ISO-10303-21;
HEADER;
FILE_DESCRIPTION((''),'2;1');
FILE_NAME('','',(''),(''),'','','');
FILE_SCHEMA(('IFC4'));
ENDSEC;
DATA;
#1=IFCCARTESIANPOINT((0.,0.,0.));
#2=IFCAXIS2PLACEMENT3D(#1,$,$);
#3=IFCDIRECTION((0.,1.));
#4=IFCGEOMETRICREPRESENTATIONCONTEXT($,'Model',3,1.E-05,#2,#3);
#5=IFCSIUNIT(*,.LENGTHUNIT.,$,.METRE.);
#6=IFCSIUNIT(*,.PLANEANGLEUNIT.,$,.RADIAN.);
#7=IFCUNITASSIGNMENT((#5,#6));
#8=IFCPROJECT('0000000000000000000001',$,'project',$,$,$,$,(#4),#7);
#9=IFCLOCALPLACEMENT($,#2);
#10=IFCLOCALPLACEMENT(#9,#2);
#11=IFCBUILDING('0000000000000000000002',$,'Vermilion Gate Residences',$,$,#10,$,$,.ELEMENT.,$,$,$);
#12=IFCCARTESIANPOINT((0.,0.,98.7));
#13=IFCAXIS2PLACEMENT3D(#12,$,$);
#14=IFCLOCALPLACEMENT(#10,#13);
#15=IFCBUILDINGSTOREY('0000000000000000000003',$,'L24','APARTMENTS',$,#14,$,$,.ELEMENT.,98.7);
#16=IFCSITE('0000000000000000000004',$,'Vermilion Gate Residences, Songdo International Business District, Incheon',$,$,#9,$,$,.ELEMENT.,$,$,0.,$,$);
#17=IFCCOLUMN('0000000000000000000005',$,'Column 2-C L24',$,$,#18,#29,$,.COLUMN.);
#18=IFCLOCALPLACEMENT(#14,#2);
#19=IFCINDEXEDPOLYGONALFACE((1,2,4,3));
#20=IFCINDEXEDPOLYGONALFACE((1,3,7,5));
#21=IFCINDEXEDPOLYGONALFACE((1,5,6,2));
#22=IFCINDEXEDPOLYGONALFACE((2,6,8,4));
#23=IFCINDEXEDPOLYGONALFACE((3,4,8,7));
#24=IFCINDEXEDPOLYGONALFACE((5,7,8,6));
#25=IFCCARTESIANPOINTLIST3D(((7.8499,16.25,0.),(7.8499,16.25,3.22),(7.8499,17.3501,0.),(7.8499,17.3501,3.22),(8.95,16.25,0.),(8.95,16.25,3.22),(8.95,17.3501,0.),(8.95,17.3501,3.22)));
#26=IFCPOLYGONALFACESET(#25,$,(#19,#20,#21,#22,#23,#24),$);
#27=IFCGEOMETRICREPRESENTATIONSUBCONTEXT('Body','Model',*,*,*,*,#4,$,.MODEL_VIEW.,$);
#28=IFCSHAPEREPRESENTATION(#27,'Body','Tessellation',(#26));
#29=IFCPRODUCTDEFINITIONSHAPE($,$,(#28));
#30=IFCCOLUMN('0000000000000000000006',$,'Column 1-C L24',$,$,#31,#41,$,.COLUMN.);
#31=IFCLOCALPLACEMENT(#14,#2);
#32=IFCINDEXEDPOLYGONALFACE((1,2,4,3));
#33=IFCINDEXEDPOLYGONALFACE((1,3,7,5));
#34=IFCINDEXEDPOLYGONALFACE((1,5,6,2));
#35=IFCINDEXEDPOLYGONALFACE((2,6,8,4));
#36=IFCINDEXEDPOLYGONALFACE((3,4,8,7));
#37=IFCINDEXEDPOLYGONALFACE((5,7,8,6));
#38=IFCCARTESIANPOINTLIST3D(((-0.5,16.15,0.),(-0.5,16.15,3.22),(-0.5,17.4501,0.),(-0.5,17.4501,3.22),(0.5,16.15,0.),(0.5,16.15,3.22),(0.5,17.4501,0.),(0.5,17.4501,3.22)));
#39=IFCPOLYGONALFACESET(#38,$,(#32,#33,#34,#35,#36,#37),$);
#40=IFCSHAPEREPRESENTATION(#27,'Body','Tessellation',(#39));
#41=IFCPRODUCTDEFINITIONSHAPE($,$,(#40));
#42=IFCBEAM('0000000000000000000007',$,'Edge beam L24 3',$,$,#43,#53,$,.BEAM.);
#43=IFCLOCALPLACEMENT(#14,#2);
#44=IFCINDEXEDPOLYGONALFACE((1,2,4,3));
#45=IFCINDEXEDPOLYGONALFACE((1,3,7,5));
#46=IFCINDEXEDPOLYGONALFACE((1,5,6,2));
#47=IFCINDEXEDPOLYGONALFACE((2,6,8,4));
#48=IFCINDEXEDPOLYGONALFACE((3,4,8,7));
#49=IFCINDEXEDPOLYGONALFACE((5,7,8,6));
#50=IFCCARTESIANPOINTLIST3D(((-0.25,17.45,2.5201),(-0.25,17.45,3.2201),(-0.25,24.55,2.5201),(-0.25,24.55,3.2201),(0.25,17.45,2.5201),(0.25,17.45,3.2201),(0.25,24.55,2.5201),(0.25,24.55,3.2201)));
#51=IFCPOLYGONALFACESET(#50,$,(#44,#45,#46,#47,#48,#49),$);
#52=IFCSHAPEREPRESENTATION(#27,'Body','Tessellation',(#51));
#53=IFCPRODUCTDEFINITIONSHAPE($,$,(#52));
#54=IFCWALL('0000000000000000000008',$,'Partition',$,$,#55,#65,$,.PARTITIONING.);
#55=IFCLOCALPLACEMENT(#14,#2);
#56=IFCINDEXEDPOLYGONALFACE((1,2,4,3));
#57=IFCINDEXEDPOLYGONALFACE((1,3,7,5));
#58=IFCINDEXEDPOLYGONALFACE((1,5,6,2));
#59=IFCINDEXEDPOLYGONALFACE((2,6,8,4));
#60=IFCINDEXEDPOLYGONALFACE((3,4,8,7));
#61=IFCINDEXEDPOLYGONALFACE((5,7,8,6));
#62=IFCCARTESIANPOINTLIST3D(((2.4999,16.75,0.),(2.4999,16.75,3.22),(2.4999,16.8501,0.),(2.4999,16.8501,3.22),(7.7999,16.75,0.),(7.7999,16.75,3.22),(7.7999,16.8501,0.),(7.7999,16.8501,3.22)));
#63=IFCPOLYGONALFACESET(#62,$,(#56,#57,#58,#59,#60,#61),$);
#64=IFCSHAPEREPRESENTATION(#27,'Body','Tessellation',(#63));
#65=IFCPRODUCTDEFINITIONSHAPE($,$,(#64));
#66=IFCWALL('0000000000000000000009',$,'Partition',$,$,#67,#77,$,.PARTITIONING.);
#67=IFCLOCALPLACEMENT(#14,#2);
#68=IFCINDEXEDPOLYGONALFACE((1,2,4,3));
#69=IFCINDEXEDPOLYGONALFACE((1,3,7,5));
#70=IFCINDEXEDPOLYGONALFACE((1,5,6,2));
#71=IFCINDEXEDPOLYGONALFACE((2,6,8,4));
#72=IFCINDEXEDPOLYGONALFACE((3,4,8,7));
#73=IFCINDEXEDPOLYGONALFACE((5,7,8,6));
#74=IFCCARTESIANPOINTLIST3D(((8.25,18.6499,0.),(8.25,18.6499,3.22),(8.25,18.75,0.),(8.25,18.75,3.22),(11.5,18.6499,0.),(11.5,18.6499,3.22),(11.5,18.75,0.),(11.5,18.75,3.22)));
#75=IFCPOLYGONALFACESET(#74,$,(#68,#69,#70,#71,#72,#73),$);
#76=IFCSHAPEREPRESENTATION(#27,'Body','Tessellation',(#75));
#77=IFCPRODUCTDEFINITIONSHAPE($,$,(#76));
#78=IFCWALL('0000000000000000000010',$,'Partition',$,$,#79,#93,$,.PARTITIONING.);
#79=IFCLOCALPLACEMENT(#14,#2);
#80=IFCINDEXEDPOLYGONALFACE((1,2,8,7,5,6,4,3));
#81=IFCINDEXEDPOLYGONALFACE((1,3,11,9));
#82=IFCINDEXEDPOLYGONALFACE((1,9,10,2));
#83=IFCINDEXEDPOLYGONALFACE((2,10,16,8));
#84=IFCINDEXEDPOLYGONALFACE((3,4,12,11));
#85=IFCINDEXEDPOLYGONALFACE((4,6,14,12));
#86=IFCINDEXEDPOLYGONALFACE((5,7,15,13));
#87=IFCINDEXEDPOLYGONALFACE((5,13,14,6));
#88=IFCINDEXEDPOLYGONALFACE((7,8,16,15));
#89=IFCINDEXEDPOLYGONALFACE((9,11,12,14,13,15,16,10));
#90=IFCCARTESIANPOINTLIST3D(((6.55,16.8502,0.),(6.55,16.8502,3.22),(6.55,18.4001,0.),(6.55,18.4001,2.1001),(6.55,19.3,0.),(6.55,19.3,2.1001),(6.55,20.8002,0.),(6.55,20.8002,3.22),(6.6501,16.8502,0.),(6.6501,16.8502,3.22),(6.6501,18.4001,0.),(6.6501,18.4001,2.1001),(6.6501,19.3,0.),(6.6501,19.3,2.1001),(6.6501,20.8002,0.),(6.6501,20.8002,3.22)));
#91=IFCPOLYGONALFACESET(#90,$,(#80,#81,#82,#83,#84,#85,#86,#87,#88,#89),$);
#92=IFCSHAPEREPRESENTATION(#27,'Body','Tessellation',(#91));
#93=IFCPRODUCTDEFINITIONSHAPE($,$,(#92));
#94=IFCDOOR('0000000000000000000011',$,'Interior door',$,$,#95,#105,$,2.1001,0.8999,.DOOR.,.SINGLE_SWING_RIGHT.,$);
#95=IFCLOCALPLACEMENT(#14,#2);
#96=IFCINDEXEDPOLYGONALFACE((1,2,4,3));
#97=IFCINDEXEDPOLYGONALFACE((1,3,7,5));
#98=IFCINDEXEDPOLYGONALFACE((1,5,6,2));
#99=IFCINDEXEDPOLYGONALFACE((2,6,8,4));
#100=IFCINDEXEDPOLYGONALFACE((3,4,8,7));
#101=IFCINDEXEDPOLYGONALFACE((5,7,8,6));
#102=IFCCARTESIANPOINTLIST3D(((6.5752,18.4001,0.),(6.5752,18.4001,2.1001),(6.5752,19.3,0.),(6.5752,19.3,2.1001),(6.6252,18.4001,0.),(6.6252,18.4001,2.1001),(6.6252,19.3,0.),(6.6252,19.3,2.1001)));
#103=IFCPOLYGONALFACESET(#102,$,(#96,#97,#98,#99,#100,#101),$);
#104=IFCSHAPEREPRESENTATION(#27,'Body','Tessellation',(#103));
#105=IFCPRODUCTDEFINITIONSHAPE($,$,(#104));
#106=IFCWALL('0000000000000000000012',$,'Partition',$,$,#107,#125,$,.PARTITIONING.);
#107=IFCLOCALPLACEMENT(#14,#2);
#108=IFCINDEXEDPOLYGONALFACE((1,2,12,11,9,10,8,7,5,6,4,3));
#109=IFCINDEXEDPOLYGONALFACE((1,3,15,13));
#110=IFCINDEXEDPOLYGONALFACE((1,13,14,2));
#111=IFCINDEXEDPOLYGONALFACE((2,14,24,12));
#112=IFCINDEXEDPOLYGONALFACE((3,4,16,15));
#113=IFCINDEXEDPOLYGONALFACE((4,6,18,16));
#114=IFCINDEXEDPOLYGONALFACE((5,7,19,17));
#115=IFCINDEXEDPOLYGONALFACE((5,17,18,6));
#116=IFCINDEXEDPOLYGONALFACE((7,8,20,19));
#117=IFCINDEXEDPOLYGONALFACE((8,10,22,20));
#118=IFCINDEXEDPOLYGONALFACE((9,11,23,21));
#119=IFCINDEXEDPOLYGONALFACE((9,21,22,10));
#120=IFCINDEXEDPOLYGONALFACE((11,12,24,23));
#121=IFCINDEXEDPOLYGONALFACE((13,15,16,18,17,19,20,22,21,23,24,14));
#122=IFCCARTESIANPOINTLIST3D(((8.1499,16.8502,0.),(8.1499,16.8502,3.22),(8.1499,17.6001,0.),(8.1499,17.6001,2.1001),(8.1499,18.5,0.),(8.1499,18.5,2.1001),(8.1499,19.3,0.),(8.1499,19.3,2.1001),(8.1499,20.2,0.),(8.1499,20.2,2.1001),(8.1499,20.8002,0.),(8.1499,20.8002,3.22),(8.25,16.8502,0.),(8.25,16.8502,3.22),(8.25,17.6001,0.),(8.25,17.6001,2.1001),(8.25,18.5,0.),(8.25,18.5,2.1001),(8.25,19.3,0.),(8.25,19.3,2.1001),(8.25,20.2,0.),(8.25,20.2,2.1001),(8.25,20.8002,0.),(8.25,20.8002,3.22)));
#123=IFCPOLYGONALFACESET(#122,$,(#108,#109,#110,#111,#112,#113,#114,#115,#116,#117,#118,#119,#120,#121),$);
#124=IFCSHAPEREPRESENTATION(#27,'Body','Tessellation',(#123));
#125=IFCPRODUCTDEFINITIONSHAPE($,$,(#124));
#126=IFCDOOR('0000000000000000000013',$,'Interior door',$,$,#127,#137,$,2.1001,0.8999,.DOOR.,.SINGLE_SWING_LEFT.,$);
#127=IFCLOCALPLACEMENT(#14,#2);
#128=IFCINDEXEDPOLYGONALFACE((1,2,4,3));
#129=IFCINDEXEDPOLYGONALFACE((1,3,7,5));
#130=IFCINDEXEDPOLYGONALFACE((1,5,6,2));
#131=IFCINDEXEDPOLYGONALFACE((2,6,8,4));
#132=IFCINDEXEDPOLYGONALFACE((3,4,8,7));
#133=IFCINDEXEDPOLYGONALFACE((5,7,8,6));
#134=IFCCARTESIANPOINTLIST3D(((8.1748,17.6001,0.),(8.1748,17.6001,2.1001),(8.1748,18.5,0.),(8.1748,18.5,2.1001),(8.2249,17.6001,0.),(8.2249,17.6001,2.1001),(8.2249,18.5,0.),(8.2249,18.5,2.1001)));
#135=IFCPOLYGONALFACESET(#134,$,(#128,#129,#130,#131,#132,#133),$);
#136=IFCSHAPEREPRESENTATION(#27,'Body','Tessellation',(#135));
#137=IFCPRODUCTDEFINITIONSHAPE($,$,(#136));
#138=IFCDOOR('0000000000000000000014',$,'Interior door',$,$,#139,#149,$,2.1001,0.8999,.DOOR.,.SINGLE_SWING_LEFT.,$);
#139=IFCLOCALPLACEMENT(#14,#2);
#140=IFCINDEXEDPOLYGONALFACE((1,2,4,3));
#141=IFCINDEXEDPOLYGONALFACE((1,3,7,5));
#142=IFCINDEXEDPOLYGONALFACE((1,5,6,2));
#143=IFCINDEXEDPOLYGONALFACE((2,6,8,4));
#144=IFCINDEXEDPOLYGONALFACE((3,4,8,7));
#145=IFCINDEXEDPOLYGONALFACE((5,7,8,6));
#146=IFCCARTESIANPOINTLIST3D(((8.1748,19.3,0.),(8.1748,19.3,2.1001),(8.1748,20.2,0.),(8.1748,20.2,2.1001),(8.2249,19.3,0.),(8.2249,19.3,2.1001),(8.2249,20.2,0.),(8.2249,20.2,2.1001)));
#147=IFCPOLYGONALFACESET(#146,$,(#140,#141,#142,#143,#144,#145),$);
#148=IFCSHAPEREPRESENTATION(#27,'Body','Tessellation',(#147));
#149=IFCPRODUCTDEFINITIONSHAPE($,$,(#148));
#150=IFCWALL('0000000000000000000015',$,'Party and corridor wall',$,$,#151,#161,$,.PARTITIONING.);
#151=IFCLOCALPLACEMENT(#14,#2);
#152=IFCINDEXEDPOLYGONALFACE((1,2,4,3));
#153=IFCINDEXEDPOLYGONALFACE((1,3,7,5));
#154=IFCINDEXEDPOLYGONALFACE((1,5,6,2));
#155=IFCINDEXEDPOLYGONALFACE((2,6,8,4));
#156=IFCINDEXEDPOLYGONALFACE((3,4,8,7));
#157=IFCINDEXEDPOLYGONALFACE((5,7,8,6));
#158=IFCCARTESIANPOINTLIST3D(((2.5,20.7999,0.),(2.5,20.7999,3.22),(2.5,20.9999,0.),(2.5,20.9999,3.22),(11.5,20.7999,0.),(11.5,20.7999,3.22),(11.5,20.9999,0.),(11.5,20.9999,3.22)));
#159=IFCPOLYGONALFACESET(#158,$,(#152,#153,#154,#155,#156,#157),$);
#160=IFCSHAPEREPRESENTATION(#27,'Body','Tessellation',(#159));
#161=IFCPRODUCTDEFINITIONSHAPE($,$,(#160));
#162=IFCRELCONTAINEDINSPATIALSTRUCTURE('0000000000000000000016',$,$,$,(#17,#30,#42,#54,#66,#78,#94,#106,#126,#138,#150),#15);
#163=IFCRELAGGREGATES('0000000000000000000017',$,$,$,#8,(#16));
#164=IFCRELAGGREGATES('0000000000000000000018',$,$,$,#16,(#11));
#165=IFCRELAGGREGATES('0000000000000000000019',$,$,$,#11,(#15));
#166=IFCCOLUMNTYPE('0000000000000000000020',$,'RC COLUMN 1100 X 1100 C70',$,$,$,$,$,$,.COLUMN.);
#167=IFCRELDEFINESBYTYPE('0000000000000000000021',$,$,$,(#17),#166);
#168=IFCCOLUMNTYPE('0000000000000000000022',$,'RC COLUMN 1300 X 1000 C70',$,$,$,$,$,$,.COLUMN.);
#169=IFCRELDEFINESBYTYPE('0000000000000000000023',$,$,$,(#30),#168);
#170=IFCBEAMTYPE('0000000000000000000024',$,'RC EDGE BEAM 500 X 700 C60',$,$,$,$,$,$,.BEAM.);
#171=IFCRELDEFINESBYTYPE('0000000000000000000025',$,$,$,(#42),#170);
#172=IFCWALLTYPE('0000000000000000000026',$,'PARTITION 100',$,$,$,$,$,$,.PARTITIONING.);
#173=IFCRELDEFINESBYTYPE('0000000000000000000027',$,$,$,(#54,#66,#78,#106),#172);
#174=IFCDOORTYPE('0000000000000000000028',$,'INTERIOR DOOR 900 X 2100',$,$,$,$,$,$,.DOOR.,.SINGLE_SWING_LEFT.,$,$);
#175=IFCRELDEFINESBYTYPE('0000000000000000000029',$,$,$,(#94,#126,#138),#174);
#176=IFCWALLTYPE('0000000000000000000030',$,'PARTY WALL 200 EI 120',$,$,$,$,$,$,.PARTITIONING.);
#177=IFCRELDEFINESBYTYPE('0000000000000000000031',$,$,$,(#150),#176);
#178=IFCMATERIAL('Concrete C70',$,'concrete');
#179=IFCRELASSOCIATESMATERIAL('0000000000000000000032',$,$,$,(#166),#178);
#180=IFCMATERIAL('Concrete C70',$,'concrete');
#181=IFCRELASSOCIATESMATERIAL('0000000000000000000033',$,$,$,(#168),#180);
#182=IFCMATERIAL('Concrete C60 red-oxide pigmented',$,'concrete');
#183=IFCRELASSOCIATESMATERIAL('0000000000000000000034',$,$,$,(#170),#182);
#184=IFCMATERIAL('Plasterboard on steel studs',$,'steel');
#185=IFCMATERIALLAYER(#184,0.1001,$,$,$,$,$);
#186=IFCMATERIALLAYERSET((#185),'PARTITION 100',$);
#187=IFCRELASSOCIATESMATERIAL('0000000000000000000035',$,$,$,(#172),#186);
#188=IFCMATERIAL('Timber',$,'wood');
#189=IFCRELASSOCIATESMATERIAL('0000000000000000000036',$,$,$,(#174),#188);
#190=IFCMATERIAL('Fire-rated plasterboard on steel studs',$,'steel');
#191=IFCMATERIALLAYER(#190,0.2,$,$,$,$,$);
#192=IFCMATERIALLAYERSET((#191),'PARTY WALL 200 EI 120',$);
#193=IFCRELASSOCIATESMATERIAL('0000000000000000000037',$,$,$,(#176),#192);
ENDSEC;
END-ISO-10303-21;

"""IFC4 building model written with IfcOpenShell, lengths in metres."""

from ifc_helpers import new_model, si_unit, direction, frame, frame_2d, origin, origin_2d, place, context, subcontext, project, spatial, rectangle, extrude, material, layer, layer_set, material_profile, profile_set, type_object, element, fill, save


model = new_model("IFC4")

# Units and contexts
model_context = context("Model", 3, precision=1e-05, world=origin(), true_north=direction((0.0, 1.0)))
body_context = subcontext(model_context, "Body", "Model", "MODEL_VIEW")
ifc_project = project(units=[si_unit("LENGTHUNIT", "METRE"), si_unit("PLANEANGLEUNIT", "RADIAN")], contexts=[model_context])

# Site, building, storey
site_placement = place(None, origin())
site = spatial("IfcSite", under=ifc_project, at=site_placement, Name="Vermilion Gate Residences, Songdo International Business District, Incheon", CompositionType="ELEMENT", RefElevation=0.0)
building_placement = place(site_placement, origin())
building = spatial("IfcBuilding", under=site, at=building_placement, Name="Vermilion Gate Residences", CompositionType="ELEMENT")
storey_placement = place(building_placement, frame((0.0, 0.0, 98.7)))
storey = spatial("IfcBuildingStorey", under=building, at=storey_placement, Name="L24", Description="APARTMENTS", CompositionType="ELEMENT", Elevation=98.7)

# Columns
ifc_material_1 = material(Name="Concrete C70", Category="concrete")
ifc_material_profile_1 = material_profile(ifc_material_1, rectangle(XDim=1.1001, YDim=1.1001, at=origin_2d()), Name="RC-1100x1100")
ifc_profile_set_1 = profile_set([ifc_material_profile_1], Name="Concrete C70")
column_type_1 = type_object("IfcColumnType", Name="RC COLUMN 1100 X 1100 C70", PredefinedType="COLUMN", material=ifc_profile_set_1)
column_1_placement = place(storey_placement, frame((8.3999, 16.8, 0.0), z_axis=(0.0, 0.0, 1.0), x_axis=(1.0, 0.0, 0.0)))
element("IfcColumn", 1, at=column_1_placement, inside=storey, type_object=column_type_1, Name="Column 2-C L24", PredefinedType="COLUMN", context=body_context, shape_type="SweptSolid", body=[
    extrude(rectangle(XDim=1.1001, YDim=1.1001, at=origin_2d()), origin(), (0.0, 0.0, 1.0), 3.22),
])
ifc_material_2 = material(Name="Concrete C70", Category="concrete")
ifc_material_profile_2 = material_profile(ifc_material_2, rectangle(XDim=1.3, YDim=1.0, at=origin_2d()), Name="RC-1300x1000")
ifc_profile_set_2 = profile_set([ifc_material_profile_2], Name="Concrete C70")
column_type_2 = type_object("IfcColumnType", Name="RC COLUMN 1300 X 1000 C70", PredefinedType="COLUMN", material=ifc_profile_set_2)
column_2_placement = place(storey_placement, frame((0.0, 16.8, 0.0), z_axis=(0.0, 0.0, 1.0), x_axis=(0.0, 1.0, 0.0)))
element("IfcColumn", 2, at=column_2_placement, inside=storey, type_object=column_type_2, Name="Column 1-C L24", PredefinedType="COLUMN", context=body_context, shape_type="SweptSolid", body=[
    extrude(rectangle(XDim=1.3, YDim=1.0, at=origin_2d()), origin(), (0.0, 0.0, 1.0), 3.22),
])

# Beam
ifc_material_3 = material(Name="Concrete C60 red-oxide pigmented", Category="concrete")
ifc_material_profile_3 = material_profile(ifc_material_3, rectangle(XDim=0.5, YDim=0.7, at=origin_2d()), Name="RC-500x700")
ifc_profile_set_3 = profile_set([ifc_material_profile_3], Name="Concrete C60 red-oxide pigmented")
beam_type = type_object("IfcBeamType", Name="RC EDGE BEAM 500 X 700 C60", PredefinedType="BEAM", material=ifc_profile_set_3)
beam_placement = place(storey_placement, frame((0.0, 17.45, 2.8701), z_axis=(0.0, 1.0, 0.0), x_axis=(-1.0, 0.0, 0.0)))
element("IfcBeam", 3, at=beam_placement, inside=storey, type_object=beam_type, Name="Edge beam L24 3", PredefinedType="BEAM", context=body_context, shape_type="SweptSolid", body=[
    extrude(rectangle(XDim=0.5, YDim=0.7, at=origin_2d()), origin(), (0.0, 0.0, 1.0), 7.1001),
])

# Walls
ifc_material_4 = material(Name="Plasterboard on steel studs", Category="steel")
ifc_layer_1 = layer(ifc_material_4, 0.1001)
ifc_layer_set_1 = layer_set([ifc_layer_1], Name="PARTITION 100")
wall_type_1 = type_object("IfcWallType", Name="PARTITION 100", PredefinedType="PARTITIONING", material=ifc_layer_set_1)
wall_1_placement = place(storey_placement, frame((2.5, 16.8, 0.0), z_axis=(0.0, 0.0, 1.0), x_axis=(1.0, 0.0, 0.0)))
element("IfcWall", 4, at=wall_1_placement, inside=storey, type_object=wall_type_1, Name="Partition", PredefinedType="PARTITIONING", context=body_context, shape_type="SweptSolid", body=[
    extrude(rectangle(XDim=5.3, YDim=0.1001, at=frame_2d((2.6499, 0.0))), origin(), (0.0, 0.0, 1.0), 3.22),
])
wall_2_placement = place(storey_placement, frame((8.25, 18.7, 0.0), z_axis=(0.0, 0.0, 1.0), x_axis=(1.0, 0.0, 0.0)))
element("IfcWall", 5, at=wall_2_placement, inside=storey, type_object=wall_type_1, Name="Partition", PredefinedType="PARTITIONING", context=body_context, shape_type="SweptSolid", body=[
    extrude(rectangle(XDim=3.25, YDim=0.1001, at=frame_2d((1.625, 0.0))), origin(), (0.0, 0.0, 1.0), 3.22),
])

# Wall, opening, door
wall_3_placement = place(storey_placement, frame((6.6001, 16.8501, 0.0), z_axis=(0.0, 0.0, 1.0), x_axis=(0.0, 1.0, 0.0)))
wall_3 = element("IfcWall", 6, at=wall_3_placement, inside=storey, type_object=wall_type_1, Name="Partition", PredefinedType="PARTITIONING", context=body_context, shape_type="SweptSolid", body=[
    extrude(rectangle(XDim=3.95, YDim=0.1001, at=frame_2d((1.9751, 0.0))), origin(), (0.0, 0.0, 1.0), 3.22),
])
opening_1_placement = place(wall_3_placement, frame((1.55, 0.0, 0.0)))
opening_1 = element("IfcOpeningElement", 7, at=opening_1_placement, cuts=wall_3, PredefinedType="OPENING", context=body_context, shape_type="SweptSolid", body=[
    extrude(rectangle(XDim=0.8999, YDim=2.1001, at=frame_2d((0.45, 1.05))), frame((0.0, 0.0601, 0.0), z_axis=(0.0, -1.0, 0.0), x_axis=(1.0, 0.0, 0.0)), (0.0, 0.0, 1.0), 0.1201),
])
ifc_material_5 = material(Name="Timber", Category="wood")
door_type = type_object("IfcDoorType", Name="INTERIOR DOOR 900 X 2100", OperationType="SINGLE_SWING_LEFT", PredefinedType="DOOR", material=ifc_material_5)
door_1_placement = place(opening_1_placement, origin())
door_1 = element("IfcDoor", 8, at=door_1_placement, inside=storey, type_object=door_type, Name="Interior door", OperationType="SINGLE_SWING_RIGHT", OverallHeight=2.1001, OverallWidth=0.8999, PredefinedType="DOOR", context=body_context, shape_type="SweptSolid", body=[
    extrude(rectangle(XDim=0.8999, YDim=2.1001, at=frame_2d((0.45, 1.05))), frame((0.0, 0.0249, 0.0), z_axis=(0.0, -1.0, 0.0), x_axis=(1.0, 0.0, 0.0)), (0.0, 0.0, 1.0), 0.05),
])
fill(opening_1, door_1)

# Wall, openings, doors
wall_4_placement = place(storey_placement, frame((8.2, 16.8501, 0.0), z_axis=(0.0, 0.0, 1.0), x_axis=(0.0, 1.0, 0.0)))
wall_4 = element("IfcWall", 9, at=wall_4_placement, inside=storey, type_object=wall_type_1, Name="Partition", PredefinedType="PARTITIONING", context=body_context, shape_type="SweptSolid", body=[
    extrude(rectangle(XDim=3.95, YDim=0.1001, at=frame_2d((1.9751, 0.0))), origin(), (0.0, 0.0, 1.0), 3.22),
])
opening_2_placement = place(wall_4_placement, frame((0.75, 0.0, 0.0)))
opening_2 = element("IfcOpeningElement", 10, at=opening_2_placement, cuts=wall_4, PredefinedType="OPENING", context=body_context, shape_type="SweptSolid", body=[
    extrude(rectangle(XDim=0.8999, YDim=2.1001, at=frame_2d((0.45, 1.05))), frame((0.0, 0.0601, 0.0), z_axis=(0.0, -1.0, 0.0), x_axis=(1.0, 0.0, 0.0)), (0.0, 0.0, 1.0), 0.1201),
])
opening_3_placement = place(wall_4_placement, frame((2.45, 0.0, 0.0)))
opening_3 = element("IfcOpeningElement", 11, at=opening_3_placement, cuts=wall_4, PredefinedType="OPENING", context=body_context, shape_type="SweptSolid", body=[
    extrude(rectangle(XDim=0.8999, YDim=2.1001, at=frame_2d((0.45, 1.05))), frame((0.0, 0.0601, 0.0), z_axis=(0.0, -1.0, 0.0), x_axis=(1.0, 0.0, 0.0)), (0.0, 0.0, 1.0), 0.1201),
])
door_2_placement = place(opening_2_placement, frame((0.8999, 0.0, 0.0), z_axis=(0.0, 0.0, 1.0), x_axis=(-1.0, 0.0, 0.0)))
door_2 = element("IfcDoor", 12, at=door_2_placement, inside=storey, type_object=door_type, Name="Interior door", OperationType="SINGLE_SWING_LEFT", OverallHeight=2.1001, OverallWidth=0.8999, PredefinedType="DOOR", context=body_context, shape_type="SweptSolid", body=[
    extrude(rectangle(XDim=0.8999, YDim=2.1001, at=frame_2d((0.45, 1.05))), frame((0.0, 0.0249, 0.0), z_axis=(0.0, -1.0, 0.0), x_axis=(1.0, 0.0, 0.0)), (0.0, 0.0, 1.0), 0.05),
])
fill(opening_2, door_2)
door_3_placement = place(opening_3_placement, frame((0.8999, 0.0, 0.0), z_axis=(0.0, 0.0, 1.0), x_axis=(-1.0, 0.0, 0.0)))
door_3 = element("IfcDoor", 13, at=door_3_placement, inside=storey, type_object=door_type, Name="Interior door", OperationType="SINGLE_SWING_LEFT", OverallHeight=2.1001, OverallWidth=0.8999, PredefinedType="DOOR", context=body_context, shape_type="SweptSolid", body=[
    extrude(rectangle(XDim=0.8999, YDim=2.1001, at=frame_2d((0.45, 1.05))), frame((0.0, 0.0249, 0.0), z_axis=(0.0, -1.0, 0.0), x_axis=(1.0, 0.0, 0.0)), (0.0, 0.0, 1.0), 0.05),
])
fill(opening_3, door_3)

# Wall
ifc_material_6 = material(Name="Fire-rated plasterboard on steel studs", Category="steel")
ifc_layer_2 = layer(ifc_material_6, 0.2)
ifc_layer_set_2 = layer_set([ifc_layer_2], Name="PARTY WALL 200 EI 120")
wall_type_2 = type_object("IfcWallType", Name="PARTY WALL 200 EI 120", PredefinedType="PARTITIONING", material=ifc_layer_set_2)
wall_5_placement = place(storey_placement, frame((2.5, 20.8999, 0.0), z_axis=(0.0, 0.0, 1.0), x_axis=(1.0, 0.0, 0.0)))
element("IfcWall", 14, at=wall_5_placement, inside=storey, type_object=wall_type_2, Name="Party and corridor wall", PredefinedType="PARTITIONING", context=body_context, shape_type="SweptSolid", body=[
    extrude(rectangle(XDim=9.0, YDim=0.2, at=frame_2d((4.5, 0.0))), origin(), (0.0, 0.0, 1.0), 3.22),
])

save(model, "model.ifc")
